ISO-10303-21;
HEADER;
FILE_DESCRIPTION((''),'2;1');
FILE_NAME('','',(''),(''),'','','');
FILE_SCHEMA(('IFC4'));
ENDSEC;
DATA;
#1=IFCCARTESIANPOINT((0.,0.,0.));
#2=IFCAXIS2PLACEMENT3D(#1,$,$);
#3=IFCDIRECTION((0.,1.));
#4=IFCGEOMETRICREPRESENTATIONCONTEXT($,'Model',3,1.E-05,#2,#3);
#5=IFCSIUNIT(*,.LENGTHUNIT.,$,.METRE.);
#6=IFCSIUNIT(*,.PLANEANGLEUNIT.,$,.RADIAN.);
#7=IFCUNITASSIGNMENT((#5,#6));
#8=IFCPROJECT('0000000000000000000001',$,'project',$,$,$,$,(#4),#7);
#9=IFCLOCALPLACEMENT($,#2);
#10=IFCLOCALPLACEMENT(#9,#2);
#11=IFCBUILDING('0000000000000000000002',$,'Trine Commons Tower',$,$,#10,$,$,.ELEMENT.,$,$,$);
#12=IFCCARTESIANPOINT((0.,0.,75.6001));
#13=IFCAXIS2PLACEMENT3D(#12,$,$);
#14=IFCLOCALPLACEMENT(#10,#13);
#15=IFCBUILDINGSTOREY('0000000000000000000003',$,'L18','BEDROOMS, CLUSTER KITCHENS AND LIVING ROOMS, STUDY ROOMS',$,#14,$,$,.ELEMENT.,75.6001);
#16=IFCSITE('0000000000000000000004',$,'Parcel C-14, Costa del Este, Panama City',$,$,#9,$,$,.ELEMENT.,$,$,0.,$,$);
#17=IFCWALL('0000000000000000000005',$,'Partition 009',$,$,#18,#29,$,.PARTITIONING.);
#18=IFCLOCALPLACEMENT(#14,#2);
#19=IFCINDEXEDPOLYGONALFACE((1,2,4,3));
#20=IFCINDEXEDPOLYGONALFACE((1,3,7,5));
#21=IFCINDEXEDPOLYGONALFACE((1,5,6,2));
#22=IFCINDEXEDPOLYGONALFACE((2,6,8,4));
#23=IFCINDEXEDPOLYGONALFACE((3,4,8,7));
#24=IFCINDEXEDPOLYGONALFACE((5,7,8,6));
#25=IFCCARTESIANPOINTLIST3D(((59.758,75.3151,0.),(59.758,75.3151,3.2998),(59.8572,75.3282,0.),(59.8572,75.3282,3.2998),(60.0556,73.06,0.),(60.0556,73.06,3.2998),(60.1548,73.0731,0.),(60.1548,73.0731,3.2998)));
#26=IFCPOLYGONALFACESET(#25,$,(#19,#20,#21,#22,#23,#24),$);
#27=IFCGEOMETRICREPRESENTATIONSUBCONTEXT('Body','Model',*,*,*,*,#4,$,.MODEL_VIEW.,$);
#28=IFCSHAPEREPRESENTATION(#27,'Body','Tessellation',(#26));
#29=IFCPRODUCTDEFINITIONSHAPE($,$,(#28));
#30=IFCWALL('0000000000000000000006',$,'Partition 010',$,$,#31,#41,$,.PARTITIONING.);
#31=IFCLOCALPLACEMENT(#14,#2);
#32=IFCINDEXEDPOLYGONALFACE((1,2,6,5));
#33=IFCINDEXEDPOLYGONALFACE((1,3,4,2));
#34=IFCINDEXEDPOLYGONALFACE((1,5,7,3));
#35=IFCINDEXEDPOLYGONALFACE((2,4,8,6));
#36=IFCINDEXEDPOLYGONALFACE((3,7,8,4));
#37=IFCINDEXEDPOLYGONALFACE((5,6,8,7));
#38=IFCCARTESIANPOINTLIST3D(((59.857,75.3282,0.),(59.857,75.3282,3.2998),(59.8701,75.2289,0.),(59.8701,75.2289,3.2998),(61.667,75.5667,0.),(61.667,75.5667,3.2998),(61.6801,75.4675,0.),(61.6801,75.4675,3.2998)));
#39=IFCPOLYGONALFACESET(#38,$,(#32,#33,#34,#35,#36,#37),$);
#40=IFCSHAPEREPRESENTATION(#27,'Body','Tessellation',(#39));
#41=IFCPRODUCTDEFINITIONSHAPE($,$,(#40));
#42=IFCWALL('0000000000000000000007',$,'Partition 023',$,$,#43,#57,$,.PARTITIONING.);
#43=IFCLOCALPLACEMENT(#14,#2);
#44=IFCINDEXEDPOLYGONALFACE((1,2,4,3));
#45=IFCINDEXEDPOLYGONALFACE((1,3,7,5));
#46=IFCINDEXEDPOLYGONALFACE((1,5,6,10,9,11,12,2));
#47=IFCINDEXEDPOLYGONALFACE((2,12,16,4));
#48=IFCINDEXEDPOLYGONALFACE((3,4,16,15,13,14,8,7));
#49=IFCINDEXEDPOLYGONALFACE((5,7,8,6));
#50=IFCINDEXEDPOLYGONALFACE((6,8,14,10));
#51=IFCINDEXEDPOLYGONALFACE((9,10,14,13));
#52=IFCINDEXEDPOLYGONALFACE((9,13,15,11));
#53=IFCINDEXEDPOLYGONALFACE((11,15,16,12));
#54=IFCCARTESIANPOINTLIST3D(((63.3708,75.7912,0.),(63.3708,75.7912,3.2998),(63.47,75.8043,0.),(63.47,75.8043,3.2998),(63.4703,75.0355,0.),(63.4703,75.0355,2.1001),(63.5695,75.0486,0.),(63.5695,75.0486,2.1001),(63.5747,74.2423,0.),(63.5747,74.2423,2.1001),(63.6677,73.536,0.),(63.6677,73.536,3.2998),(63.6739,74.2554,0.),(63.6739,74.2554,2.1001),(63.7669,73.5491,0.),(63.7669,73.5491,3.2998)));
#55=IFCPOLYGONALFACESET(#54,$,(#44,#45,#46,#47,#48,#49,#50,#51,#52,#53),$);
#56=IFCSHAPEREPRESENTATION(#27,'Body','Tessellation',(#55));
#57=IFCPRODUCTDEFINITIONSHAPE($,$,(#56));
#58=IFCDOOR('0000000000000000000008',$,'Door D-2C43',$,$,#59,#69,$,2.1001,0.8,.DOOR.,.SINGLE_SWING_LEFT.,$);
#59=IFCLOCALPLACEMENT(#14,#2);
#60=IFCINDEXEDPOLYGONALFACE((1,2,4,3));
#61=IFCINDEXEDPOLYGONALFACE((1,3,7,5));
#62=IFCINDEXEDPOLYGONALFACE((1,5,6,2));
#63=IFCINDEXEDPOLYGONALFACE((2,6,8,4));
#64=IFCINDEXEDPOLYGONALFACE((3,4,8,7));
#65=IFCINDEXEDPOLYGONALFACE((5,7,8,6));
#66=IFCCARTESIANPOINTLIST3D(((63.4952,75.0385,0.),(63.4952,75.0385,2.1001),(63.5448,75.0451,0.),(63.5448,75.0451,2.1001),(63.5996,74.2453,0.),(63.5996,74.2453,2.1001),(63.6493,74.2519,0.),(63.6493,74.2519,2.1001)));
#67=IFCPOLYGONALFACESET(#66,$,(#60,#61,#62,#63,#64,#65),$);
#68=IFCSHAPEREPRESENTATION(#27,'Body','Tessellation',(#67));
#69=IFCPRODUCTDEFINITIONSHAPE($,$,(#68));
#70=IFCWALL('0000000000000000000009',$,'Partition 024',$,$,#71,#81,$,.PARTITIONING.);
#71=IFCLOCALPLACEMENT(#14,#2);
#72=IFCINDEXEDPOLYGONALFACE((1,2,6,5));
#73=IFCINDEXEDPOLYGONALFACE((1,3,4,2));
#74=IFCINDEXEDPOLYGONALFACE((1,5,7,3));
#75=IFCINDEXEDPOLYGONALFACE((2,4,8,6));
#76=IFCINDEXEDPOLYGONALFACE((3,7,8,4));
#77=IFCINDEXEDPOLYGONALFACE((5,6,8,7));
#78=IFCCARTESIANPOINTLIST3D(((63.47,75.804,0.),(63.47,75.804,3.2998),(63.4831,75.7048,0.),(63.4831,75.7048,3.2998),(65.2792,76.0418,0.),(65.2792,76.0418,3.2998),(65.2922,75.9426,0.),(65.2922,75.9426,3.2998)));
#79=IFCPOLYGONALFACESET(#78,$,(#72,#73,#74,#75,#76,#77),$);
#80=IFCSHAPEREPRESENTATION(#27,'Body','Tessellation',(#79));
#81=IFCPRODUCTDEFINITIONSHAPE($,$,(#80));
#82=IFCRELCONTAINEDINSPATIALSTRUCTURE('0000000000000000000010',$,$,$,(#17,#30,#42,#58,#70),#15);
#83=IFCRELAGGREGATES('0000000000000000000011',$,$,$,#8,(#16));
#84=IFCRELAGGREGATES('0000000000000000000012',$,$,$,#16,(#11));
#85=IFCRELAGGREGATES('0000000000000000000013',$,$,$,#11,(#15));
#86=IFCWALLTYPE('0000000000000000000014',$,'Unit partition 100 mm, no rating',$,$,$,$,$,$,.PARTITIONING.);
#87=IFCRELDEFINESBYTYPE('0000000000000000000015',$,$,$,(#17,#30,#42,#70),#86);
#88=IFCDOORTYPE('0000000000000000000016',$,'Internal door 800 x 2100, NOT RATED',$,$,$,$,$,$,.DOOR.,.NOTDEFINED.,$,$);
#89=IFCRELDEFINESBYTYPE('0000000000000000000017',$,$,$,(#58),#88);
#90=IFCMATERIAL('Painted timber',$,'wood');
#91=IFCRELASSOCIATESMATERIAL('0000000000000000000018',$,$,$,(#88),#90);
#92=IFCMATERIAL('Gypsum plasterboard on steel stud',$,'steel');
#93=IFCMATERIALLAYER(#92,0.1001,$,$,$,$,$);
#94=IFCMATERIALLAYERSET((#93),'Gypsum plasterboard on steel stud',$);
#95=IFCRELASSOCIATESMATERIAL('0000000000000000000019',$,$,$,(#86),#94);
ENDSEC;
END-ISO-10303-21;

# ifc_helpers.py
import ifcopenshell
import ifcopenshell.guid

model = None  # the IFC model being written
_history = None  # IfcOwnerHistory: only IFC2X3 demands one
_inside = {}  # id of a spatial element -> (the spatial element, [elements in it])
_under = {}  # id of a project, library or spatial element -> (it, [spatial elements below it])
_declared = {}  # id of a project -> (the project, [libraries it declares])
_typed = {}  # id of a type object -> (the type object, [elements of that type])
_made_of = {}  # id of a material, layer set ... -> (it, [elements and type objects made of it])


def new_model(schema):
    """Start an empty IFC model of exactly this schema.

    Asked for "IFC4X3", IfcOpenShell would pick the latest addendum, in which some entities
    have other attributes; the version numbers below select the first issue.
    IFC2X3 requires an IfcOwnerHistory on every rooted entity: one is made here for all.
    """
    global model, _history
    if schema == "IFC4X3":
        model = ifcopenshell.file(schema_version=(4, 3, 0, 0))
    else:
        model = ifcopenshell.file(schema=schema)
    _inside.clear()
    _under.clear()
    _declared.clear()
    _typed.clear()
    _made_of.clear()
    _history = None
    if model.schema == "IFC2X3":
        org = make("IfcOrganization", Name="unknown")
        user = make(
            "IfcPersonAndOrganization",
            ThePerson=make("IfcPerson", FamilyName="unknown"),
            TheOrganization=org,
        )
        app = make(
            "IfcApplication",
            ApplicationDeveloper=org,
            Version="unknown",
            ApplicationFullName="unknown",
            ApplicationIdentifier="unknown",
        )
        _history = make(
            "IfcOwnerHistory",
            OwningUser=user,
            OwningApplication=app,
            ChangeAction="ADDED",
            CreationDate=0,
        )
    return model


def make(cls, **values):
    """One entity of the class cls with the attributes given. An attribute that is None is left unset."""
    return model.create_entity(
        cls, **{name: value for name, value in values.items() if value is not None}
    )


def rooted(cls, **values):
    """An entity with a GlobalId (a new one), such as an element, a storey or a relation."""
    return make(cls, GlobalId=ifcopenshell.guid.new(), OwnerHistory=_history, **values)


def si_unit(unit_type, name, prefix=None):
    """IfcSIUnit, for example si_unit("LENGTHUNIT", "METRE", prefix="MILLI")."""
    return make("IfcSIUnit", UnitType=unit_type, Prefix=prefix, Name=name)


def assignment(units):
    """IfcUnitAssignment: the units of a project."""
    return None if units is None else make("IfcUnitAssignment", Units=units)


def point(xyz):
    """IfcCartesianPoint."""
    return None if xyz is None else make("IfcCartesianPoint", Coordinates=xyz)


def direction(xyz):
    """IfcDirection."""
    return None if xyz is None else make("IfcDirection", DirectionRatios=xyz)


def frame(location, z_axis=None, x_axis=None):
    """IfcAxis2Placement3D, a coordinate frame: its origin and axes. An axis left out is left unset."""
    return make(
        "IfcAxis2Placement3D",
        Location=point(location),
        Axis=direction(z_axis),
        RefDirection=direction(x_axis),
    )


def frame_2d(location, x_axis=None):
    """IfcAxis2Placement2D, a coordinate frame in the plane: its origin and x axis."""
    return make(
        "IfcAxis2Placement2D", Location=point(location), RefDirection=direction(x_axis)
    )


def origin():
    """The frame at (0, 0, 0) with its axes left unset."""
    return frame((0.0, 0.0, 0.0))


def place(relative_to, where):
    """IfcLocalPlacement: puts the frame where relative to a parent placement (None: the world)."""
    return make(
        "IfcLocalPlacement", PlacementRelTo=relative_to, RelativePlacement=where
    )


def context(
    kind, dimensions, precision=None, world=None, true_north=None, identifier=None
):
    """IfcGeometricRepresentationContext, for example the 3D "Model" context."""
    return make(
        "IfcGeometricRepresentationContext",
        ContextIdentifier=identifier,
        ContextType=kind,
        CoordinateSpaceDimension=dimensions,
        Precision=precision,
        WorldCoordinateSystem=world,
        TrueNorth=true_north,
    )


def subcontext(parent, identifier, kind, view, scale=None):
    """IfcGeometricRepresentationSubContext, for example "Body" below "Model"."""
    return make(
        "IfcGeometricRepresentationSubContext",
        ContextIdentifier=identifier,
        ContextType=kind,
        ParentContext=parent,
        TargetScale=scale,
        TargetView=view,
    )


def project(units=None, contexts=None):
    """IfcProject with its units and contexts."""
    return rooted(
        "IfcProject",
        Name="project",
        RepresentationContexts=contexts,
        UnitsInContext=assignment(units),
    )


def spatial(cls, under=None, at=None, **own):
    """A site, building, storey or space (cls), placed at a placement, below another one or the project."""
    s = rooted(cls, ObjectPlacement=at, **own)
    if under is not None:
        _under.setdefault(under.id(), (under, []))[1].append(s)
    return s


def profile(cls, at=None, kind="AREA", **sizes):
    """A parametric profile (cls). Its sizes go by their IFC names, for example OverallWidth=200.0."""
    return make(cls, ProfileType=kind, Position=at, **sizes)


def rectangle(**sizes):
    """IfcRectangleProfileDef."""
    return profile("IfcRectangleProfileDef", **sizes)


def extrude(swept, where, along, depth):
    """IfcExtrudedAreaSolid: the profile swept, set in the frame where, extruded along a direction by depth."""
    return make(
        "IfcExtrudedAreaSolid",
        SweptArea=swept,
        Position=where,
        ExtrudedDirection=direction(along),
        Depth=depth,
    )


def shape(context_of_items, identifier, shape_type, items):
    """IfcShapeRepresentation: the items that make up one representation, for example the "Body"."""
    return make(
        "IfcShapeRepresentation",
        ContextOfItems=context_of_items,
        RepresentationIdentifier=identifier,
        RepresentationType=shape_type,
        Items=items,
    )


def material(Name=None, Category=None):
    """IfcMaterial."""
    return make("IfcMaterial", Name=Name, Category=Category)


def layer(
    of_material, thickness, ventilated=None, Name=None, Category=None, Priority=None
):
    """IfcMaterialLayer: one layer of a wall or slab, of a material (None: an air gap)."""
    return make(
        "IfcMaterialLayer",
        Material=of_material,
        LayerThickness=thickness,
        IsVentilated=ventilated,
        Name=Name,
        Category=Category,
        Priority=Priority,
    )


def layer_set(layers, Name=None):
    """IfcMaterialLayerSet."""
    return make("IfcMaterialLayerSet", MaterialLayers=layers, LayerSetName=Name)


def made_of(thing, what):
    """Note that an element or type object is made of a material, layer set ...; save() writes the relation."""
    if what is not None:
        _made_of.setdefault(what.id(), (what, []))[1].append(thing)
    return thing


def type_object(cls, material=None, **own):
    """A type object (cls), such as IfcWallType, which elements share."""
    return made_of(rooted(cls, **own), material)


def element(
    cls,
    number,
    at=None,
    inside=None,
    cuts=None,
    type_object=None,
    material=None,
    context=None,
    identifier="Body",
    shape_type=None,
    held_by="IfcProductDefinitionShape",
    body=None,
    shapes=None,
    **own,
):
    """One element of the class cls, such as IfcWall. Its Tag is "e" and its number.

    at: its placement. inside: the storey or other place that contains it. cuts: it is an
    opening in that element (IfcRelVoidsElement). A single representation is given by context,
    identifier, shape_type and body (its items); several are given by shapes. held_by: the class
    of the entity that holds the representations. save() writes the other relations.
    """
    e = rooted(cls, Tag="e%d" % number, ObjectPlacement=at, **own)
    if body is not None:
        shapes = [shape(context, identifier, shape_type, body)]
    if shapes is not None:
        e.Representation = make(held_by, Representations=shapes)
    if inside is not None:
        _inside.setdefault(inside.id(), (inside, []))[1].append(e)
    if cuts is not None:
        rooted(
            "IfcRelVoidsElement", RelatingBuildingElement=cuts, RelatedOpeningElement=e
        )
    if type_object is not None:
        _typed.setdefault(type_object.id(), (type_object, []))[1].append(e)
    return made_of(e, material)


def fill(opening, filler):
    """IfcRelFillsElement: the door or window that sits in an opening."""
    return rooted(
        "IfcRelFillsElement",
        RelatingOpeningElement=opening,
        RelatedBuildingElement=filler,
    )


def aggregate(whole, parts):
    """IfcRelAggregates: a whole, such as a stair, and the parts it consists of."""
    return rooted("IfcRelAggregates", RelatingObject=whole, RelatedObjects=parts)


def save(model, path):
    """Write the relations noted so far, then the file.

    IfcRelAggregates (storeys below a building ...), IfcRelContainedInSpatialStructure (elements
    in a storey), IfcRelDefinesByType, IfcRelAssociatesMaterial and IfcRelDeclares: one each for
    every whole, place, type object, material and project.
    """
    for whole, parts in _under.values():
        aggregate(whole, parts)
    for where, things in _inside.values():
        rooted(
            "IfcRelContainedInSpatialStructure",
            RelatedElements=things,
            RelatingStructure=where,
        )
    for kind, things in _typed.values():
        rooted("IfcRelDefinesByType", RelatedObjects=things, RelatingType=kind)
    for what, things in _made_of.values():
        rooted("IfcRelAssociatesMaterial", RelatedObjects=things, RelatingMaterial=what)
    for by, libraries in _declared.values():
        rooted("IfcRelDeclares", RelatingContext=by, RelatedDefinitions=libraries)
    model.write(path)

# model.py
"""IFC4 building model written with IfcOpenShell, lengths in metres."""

from ifc_helpers import new_model, si_unit, direction, frame, frame_2d, origin, place, context, subcontext, project, spatial, rectangle, extrude, material, layer, layer_set, type_object, element, fill, save


model = new_model("IFC4")

# Units and contexts
model_context = context("Model", 3, precision=1e-05, world=origin(), true_north=direction((0.0, 1.0)))
body_context = subcontext(model_context, "Body", "Model", "MODEL_VIEW")
ifc_project = project(units=[si_unit("LENGTHUNIT", "METRE"), si_unit("PLANEANGLEUNIT", "RADIAN")], contexts=[model_context])

# Site, building, storey
site_placement = place(None, origin())
site = spatial("IfcSite", under=ifc_project, at=site_placement, Name="Parcel C-14, Costa del Este, Panama City", CompositionType="ELEMENT", RefElevation=0.0)
building_placement = place(site_placement, origin())
building = spatial("IfcBuilding", under=site, at=building_placement, Name="Trine Commons Tower", CompositionType="ELEMENT")
storey_placement = place(building_placement, frame((0.0, 0.0, 75.6001)))
storey = spatial("IfcBuildingStorey", under=building, at=storey_placement, Name="L18", Description="BEDROOMS, CLUSTER KITCHENS AND LIVING ROOMS, STUDY ROOMS", CompositionType="ELEMENT", Elevation=75.6001)

# Shared definitions
ifc_material_1 = material(Name="Gypsum plasterboard on steel stud", Category="steel")

# Shared definitions
ifc_material_2 = material(Name="Painted timber", Category="wood")
door_type_1 = type_object("IfcDoorType", Name="Internal door 800 x 2100, NOT RATED", OperationType="NOTDEFINED", PredefinedType="DOOR", material=ifc_material_2)

# Walls
ifc_layer_1 = layer(ifc_material_1, 0.1001)
ifc_layer_set_1 = layer_set([ifc_layer_1], Name="Gypsum plasterboard on steel stud")
wall_type_1 = type_object("IfcWallType", Name="Unit partition 100 mm, no rating", PredefinedType="PARTITIONING", material=ifc_layer_set_1)
wall_1_placement = place(storey_placement, frame((59.8076, 75.3215, 0.0), z_axis=(0.0, 0.0, 1.0), x_axis=(0.130835, -0.991404, 0.0)))
element("IfcWall", 1, at=wall_1_placement, inside=storey, type_object=wall_type_1, Name="Partition 009", PredefinedType="PARTITIONING", context=body_context, shape_type="SweptSolid", body=[
    extrude(rectangle(XDim=2.2747, YDim=0.1001, at=frame_2d((1.1372, 0.0))), origin(), (0.0, 0.0, 1.0), 3.2998),
])
wall_2_placement = place(storey_placement, frame((59.8635, 75.2786, 0.0), z_axis=(0.0, 0.0, 1.0), x_axis=(0.991429, 0.130648, 0.0)))
element("IfcWall", 2, at=wall_2_placement, inside=storey, type_object=wall_type_1, Name="Partition 010", PredefinedType="PARTITIONING", context=body_context, shape_type="SweptSolid", body=[
    extrude(rectangle(XDim=1.8257, YDim=0.1001, at=frame_2d((0.9128, 0.0))), origin(), (0.0, 0.0, 1.0), 3.2998),
])

# Wall, opening, door
wall_3_placement = place(storey_placement, frame((63.4204, 75.7976, 0.0), z_axis=(0.0, 0.0, 1.0), x_axis=(0.130518, -0.991446, 0.0)))
wall_3 = element("IfcWall", 3, at=wall_3_placement, inside=storey, type_object=wall_type_1, Name="Partition 023", PredefinedType="PARTITIONING", context=body_context, shape_type="SweptSolid", body=[
    extrude(rectangle(XDim=2.2747, YDim=0.1001, at=frame_2d((1.1372, 0.0))), origin(), (0.0, 0.0, 1.0), 3.2998),
])
opening_1_placement = place(wall_3_placement, frame((0.7622, 0.0, 0.0)))
opening_1 = element("IfcOpeningElement", 4, at=opening_1_placement, cuts=wall_3, PredefinedType="OPENING", context=body_context, shape_type="SweptSolid", body=[
    extrude(rectangle(XDim=0.8, YDim=2.1001, at=frame_2d((0.3999, 1.05))), frame((0.0, 0.0601, 0.0), z_axis=(0.0, -1.0, 0.0), x_axis=(1.0, 0.0, 0.0)), (0.0, 0.0, 1.0), 0.1201),
])
door_1_placement = place(opening_1_placement, frame((0.8, 0.0, 0.0), z_axis=(0.0, 0.0, 1.0), x_axis=(-1.0, 0.0, 0.0)))
door_1 = element("IfcDoor", 5, at=door_1_placement, inside=storey, type_object=door_type_1, Name="Door D-2C43", OperationType="SINGLE_SWING_LEFT", OverallHeight=2.1001, OverallWidth=0.8, PredefinedType="DOOR", context=body_context, shape_type="SweptSolid", body=[
    extrude(rectangle(XDim=0.8, YDim=2.1001, at=frame_2d((0.3999, 1.05))), frame((0.0, 0.0249, 0.0), z_axis=(0.0, -1.0, 0.0), x_axis=(1.0, 0.0, 0.0)), (0.0, 0.0, 1.0), 0.05),
])
fill(opening_1, door_1)

# Wall
wall_4_placement = place(storey_placement, frame((63.4766, 75.7544, 0.0), z_axis=(0.0, 0.0, 1.0), x_axis=(0.991472, 0.130323, 0.0)))
element("IfcWall", 6, at=wall_4_placement, inside=storey, type_object=wall_type_1, Name="Partition 024", PredefinedType="PARTITIONING", context=body_context, shape_type="SweptSolid", body=[
    extrude(rectangle(XDim=1.8247, YDim=0.1001, at=frame_2d((0.9124, 0.0))), origin(), (0.0, 0.0, 1.0), 3.2998),
])

save(model, "model.ifc")
